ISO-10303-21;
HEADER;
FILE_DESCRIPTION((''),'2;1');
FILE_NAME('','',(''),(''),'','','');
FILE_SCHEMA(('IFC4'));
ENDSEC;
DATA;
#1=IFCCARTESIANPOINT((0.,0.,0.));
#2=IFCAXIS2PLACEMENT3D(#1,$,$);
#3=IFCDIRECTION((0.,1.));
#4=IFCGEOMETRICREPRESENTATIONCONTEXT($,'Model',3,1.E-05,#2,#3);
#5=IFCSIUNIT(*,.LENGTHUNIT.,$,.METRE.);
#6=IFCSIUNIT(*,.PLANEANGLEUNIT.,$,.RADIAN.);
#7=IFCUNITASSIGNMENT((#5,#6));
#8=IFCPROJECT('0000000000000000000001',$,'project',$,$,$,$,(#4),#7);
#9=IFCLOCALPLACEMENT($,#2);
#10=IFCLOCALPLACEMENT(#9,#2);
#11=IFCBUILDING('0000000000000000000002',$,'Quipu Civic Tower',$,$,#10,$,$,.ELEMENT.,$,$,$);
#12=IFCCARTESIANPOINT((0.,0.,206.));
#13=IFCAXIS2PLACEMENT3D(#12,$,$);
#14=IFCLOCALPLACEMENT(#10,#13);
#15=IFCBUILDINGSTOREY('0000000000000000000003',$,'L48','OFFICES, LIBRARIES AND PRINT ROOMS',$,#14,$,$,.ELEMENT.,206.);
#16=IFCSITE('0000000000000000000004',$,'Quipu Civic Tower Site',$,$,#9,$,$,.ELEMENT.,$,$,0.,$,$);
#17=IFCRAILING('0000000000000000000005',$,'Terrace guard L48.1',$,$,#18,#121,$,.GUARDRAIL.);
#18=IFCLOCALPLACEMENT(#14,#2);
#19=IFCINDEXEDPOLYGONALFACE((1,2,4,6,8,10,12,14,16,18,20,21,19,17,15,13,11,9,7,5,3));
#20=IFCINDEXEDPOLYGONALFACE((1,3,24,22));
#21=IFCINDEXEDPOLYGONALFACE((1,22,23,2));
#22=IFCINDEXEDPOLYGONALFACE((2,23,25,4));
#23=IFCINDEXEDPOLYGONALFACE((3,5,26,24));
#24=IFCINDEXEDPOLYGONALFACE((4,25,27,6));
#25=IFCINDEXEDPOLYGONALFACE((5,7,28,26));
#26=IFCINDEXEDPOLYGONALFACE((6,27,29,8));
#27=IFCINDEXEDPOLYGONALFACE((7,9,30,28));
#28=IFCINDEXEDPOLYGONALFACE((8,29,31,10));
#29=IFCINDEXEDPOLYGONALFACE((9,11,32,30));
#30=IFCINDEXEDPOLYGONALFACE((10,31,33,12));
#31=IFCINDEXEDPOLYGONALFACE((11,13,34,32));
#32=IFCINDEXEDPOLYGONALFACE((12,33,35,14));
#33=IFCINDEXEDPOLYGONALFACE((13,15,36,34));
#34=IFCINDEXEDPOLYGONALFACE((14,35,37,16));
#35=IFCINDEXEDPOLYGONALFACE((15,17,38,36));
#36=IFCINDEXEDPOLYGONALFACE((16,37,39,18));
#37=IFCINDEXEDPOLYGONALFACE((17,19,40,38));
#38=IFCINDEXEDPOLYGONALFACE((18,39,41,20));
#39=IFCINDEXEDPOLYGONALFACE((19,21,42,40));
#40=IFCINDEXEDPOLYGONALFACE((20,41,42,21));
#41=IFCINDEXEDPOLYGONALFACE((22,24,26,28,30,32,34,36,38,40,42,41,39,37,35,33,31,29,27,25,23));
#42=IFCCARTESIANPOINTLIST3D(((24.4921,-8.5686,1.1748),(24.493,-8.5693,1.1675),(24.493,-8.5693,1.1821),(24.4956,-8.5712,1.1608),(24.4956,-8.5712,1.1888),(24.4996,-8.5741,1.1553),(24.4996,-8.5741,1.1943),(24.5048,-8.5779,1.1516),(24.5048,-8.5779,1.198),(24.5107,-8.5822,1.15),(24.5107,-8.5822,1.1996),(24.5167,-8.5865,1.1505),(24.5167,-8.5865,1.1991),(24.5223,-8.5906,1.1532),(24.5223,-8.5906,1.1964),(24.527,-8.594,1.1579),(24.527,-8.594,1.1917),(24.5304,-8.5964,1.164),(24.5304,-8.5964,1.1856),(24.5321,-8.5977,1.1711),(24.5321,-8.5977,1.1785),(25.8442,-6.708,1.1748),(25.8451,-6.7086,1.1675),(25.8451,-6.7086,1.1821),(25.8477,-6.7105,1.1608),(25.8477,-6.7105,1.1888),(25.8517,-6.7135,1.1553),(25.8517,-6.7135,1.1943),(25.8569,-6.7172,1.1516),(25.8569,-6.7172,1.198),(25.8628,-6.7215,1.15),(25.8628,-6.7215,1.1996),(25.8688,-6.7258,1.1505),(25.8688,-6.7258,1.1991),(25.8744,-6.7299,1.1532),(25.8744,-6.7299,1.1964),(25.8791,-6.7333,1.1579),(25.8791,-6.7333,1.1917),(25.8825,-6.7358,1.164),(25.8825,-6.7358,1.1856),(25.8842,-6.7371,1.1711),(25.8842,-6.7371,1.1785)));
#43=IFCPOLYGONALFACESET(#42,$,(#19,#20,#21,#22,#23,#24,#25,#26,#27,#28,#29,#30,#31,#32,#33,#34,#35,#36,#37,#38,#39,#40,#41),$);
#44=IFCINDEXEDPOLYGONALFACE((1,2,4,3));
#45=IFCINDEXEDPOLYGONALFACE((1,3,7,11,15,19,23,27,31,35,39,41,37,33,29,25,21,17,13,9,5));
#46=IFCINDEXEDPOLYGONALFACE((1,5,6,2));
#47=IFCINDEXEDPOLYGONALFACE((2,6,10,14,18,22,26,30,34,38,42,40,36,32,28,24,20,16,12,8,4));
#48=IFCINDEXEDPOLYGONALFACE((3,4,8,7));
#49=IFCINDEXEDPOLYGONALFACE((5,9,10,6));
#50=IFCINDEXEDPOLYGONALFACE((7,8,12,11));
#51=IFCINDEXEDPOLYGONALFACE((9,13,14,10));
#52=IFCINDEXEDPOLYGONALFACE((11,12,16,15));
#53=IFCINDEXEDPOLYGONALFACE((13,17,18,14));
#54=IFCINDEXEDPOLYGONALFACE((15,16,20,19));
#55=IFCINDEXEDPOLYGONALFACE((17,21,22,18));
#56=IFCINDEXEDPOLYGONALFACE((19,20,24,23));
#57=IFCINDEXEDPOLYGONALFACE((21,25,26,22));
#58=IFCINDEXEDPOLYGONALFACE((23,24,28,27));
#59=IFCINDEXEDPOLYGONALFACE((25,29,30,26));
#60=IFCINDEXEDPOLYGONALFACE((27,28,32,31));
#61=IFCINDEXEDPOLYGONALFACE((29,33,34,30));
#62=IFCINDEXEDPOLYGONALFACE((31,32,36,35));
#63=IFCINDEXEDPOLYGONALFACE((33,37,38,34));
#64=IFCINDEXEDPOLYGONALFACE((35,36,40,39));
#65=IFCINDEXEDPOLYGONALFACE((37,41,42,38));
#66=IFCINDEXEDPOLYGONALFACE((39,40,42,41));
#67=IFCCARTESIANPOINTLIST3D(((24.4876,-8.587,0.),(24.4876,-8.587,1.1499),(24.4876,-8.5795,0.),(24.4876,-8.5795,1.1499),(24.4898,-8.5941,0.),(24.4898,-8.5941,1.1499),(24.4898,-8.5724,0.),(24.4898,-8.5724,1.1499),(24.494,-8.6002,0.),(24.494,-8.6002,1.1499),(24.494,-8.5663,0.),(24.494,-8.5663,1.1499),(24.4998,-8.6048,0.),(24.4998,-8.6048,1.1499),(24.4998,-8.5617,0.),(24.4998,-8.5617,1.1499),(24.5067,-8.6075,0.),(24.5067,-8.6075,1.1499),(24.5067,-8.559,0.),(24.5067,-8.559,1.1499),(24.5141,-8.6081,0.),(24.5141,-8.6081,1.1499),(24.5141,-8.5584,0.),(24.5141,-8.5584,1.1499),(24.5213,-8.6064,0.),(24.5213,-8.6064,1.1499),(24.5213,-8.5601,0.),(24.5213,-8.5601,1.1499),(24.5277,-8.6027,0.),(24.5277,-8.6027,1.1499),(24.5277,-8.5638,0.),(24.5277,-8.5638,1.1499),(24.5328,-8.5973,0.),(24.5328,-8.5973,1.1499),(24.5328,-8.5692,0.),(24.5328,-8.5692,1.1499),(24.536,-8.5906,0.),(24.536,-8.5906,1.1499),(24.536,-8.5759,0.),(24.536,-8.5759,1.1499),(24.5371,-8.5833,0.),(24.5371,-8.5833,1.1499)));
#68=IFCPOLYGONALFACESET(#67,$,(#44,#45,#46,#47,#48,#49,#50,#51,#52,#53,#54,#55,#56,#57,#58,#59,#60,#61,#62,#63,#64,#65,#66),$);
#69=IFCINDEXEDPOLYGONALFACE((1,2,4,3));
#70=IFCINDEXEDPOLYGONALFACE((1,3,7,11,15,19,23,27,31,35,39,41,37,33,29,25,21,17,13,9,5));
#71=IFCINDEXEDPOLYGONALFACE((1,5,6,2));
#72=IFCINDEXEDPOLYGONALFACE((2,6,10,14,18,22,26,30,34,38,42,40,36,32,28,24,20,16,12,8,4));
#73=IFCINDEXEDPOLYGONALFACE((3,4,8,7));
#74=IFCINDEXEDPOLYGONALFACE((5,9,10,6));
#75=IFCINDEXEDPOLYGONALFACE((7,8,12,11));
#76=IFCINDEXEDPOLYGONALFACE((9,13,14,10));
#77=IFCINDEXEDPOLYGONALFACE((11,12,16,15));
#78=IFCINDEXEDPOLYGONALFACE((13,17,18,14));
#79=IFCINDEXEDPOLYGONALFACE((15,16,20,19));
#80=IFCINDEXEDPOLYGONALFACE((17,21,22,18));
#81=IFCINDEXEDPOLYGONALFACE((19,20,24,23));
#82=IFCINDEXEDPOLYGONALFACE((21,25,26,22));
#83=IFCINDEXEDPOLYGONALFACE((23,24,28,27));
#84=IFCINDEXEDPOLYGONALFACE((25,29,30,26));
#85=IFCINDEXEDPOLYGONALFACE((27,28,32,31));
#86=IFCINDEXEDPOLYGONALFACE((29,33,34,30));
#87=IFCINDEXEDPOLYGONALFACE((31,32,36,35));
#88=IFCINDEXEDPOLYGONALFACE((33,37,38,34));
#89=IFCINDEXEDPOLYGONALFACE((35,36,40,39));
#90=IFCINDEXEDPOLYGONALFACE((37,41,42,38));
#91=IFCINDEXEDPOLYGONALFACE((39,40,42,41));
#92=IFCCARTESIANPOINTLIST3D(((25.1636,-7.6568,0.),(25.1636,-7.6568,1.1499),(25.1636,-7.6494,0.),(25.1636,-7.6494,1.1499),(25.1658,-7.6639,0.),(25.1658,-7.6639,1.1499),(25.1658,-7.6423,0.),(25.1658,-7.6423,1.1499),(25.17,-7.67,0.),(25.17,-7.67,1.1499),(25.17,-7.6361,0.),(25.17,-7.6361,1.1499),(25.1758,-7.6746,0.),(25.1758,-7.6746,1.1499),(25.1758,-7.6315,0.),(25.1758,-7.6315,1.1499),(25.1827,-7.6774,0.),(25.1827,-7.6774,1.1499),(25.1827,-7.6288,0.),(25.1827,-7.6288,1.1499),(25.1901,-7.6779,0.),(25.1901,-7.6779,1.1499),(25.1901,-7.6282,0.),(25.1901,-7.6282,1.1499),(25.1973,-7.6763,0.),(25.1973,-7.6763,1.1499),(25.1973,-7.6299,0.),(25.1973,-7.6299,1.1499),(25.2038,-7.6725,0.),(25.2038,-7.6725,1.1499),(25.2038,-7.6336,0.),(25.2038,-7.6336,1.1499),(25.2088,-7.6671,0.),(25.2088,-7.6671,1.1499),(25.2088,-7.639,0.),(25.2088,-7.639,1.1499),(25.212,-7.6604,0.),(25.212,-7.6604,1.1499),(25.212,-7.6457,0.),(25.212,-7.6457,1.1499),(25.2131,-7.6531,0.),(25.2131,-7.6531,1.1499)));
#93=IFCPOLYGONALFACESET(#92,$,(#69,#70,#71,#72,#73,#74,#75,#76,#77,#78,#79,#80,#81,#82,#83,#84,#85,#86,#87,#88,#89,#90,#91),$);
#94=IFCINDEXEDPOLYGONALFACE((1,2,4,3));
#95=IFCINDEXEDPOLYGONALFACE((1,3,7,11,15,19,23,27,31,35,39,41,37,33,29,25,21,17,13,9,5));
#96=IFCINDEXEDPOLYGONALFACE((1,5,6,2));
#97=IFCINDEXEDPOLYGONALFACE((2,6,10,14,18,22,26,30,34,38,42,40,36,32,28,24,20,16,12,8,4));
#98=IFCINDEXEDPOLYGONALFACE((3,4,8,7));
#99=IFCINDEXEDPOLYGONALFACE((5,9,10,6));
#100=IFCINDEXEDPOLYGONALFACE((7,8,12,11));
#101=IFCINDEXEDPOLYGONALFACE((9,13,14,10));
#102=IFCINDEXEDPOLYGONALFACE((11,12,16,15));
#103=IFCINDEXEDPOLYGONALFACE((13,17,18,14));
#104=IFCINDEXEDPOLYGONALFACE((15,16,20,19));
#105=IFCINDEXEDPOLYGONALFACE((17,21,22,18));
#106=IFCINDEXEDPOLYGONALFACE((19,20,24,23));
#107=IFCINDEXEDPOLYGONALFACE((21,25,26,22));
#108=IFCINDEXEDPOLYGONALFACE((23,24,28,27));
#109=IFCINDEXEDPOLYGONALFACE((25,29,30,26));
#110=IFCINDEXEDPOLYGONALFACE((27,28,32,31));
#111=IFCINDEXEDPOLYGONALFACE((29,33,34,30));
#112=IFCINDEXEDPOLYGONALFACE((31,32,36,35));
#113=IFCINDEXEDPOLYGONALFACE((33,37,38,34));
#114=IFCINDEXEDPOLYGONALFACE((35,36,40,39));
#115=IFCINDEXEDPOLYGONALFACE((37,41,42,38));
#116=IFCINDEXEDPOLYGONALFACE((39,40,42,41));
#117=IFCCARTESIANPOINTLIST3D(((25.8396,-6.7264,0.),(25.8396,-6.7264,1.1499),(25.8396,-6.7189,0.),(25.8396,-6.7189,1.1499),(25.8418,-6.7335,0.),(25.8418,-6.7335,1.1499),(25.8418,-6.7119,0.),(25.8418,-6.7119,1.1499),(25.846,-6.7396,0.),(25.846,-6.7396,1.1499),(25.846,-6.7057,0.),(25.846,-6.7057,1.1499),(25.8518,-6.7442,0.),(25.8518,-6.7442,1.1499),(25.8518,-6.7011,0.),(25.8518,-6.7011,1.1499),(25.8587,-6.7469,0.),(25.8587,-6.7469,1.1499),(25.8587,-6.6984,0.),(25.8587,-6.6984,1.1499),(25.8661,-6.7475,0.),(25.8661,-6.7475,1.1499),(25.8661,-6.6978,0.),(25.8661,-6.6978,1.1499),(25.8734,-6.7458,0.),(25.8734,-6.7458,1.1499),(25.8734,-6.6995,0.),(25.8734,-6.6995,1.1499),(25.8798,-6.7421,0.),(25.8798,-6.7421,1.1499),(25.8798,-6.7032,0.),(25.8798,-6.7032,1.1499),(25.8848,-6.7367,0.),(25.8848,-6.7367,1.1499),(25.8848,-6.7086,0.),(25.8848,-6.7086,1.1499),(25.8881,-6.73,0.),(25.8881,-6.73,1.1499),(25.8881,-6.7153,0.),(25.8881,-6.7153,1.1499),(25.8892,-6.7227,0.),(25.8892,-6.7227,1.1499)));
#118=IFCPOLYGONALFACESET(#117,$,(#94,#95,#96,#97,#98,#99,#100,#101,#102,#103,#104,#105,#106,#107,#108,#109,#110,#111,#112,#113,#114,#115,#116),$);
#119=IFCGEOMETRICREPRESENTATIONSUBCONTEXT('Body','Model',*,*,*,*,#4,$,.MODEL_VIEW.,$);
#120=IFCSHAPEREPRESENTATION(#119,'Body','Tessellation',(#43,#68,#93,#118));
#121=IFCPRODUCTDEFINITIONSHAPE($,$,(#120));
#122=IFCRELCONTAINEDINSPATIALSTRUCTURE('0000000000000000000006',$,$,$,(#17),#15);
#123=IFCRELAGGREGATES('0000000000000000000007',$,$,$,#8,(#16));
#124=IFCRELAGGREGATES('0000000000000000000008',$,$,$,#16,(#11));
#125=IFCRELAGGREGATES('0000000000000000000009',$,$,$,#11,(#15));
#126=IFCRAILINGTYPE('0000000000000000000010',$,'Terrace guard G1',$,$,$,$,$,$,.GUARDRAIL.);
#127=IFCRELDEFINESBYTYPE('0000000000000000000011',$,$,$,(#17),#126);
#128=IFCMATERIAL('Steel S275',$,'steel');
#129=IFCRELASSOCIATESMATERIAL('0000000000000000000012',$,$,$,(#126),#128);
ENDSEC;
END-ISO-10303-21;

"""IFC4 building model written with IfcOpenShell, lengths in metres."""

from ifc_helpers import new_model, si_unit, direction, frame, origin, origin_2d, place, context, subcontext, project, spatial, circle, extrude, material, type_object, element, save


model = new_model("IFC4")

# Units and contexts
model_context = context("Model", 3, precision=1e-05, world=origin(), true_north=direction((0.0, 1.0)))
body_context = subcontext(model_context, "Body", "Model", "MODEL_VIEW")
ifc_project = project(units=[si_unit("LENGTHUNIT", "METRE"), si_unit("PLANEANGLEUNIT", "RADIAN")], contexts=[model_context])

# Site, building, storey
site_placement = place(None, origin())
site = spatial("IfcSite", under=ifc_project, at=site_placement, Name="Quipu Civic Tower Site", CompositionType="ELEMENT", RefElevation=0.0)
building_placement = place(site_placement, origin())
building = spatial("IfcBuilding", under=site, at=building_placement, Name="Quipu Civic Tower", CompositionType="ELEMENT")
storey_placement = place(building_placement, frame((0.0, 0.0, 206.0)))
storey = spatial("IfcBuildingStorey", under=building, at=storey_placement, Name="L48", Description="OFFICES, LIBRARIES AND PRINT ROOMS", CompositionType="ELEMENT", Elevation=206.0)

# Railing
ifc_material_1 = material(Name="Steel S275", Category="steel")
railing_type = type_object("IfcRailingType", Name="Terrace guard G1", PredefinedType="GUARDRAIL", material=ifc_material_1)
railing_1_placement = place(storey_placement, frame((24.5122, -8.5833, 0.0)))
element("IfcRailing", 1, at=railing_1_placement, inside=storey, type_object=railing_type, Name="Terrace guard L48.1", PredefinedType="GUARDRAIL", context=body_context, shape_type="SweptSolid", body=[
    extrude(circle(Radius=0.0249, at=origin_2d()), frame((0.0, 0.0, 1.1748), z_axis=(0.587856, 0.808966, 0.0), x_axis=(-0.808966, 0.587856, 0.0)), (0.0, 0.0, 1.0), 2.3),
    extrude(circle(Radius=0.0249, at=origin_2d()), origin(), (0.0, 0.0, 1.0), 1.1499),
    extrude(circle(Radius=0.0249, at=origin_2d()), frame((0.676, 0.9302, 0.0)), (0.0, 0.0, 1.0), 1.1499),
    extrude(circle(Radius=0.0249, at=origin_2d()), frame((1.3521, 1.8606, 0.0)), (0.0, 0.0, 1.0), 1.1499),
])

save(model, "model.ifc")
